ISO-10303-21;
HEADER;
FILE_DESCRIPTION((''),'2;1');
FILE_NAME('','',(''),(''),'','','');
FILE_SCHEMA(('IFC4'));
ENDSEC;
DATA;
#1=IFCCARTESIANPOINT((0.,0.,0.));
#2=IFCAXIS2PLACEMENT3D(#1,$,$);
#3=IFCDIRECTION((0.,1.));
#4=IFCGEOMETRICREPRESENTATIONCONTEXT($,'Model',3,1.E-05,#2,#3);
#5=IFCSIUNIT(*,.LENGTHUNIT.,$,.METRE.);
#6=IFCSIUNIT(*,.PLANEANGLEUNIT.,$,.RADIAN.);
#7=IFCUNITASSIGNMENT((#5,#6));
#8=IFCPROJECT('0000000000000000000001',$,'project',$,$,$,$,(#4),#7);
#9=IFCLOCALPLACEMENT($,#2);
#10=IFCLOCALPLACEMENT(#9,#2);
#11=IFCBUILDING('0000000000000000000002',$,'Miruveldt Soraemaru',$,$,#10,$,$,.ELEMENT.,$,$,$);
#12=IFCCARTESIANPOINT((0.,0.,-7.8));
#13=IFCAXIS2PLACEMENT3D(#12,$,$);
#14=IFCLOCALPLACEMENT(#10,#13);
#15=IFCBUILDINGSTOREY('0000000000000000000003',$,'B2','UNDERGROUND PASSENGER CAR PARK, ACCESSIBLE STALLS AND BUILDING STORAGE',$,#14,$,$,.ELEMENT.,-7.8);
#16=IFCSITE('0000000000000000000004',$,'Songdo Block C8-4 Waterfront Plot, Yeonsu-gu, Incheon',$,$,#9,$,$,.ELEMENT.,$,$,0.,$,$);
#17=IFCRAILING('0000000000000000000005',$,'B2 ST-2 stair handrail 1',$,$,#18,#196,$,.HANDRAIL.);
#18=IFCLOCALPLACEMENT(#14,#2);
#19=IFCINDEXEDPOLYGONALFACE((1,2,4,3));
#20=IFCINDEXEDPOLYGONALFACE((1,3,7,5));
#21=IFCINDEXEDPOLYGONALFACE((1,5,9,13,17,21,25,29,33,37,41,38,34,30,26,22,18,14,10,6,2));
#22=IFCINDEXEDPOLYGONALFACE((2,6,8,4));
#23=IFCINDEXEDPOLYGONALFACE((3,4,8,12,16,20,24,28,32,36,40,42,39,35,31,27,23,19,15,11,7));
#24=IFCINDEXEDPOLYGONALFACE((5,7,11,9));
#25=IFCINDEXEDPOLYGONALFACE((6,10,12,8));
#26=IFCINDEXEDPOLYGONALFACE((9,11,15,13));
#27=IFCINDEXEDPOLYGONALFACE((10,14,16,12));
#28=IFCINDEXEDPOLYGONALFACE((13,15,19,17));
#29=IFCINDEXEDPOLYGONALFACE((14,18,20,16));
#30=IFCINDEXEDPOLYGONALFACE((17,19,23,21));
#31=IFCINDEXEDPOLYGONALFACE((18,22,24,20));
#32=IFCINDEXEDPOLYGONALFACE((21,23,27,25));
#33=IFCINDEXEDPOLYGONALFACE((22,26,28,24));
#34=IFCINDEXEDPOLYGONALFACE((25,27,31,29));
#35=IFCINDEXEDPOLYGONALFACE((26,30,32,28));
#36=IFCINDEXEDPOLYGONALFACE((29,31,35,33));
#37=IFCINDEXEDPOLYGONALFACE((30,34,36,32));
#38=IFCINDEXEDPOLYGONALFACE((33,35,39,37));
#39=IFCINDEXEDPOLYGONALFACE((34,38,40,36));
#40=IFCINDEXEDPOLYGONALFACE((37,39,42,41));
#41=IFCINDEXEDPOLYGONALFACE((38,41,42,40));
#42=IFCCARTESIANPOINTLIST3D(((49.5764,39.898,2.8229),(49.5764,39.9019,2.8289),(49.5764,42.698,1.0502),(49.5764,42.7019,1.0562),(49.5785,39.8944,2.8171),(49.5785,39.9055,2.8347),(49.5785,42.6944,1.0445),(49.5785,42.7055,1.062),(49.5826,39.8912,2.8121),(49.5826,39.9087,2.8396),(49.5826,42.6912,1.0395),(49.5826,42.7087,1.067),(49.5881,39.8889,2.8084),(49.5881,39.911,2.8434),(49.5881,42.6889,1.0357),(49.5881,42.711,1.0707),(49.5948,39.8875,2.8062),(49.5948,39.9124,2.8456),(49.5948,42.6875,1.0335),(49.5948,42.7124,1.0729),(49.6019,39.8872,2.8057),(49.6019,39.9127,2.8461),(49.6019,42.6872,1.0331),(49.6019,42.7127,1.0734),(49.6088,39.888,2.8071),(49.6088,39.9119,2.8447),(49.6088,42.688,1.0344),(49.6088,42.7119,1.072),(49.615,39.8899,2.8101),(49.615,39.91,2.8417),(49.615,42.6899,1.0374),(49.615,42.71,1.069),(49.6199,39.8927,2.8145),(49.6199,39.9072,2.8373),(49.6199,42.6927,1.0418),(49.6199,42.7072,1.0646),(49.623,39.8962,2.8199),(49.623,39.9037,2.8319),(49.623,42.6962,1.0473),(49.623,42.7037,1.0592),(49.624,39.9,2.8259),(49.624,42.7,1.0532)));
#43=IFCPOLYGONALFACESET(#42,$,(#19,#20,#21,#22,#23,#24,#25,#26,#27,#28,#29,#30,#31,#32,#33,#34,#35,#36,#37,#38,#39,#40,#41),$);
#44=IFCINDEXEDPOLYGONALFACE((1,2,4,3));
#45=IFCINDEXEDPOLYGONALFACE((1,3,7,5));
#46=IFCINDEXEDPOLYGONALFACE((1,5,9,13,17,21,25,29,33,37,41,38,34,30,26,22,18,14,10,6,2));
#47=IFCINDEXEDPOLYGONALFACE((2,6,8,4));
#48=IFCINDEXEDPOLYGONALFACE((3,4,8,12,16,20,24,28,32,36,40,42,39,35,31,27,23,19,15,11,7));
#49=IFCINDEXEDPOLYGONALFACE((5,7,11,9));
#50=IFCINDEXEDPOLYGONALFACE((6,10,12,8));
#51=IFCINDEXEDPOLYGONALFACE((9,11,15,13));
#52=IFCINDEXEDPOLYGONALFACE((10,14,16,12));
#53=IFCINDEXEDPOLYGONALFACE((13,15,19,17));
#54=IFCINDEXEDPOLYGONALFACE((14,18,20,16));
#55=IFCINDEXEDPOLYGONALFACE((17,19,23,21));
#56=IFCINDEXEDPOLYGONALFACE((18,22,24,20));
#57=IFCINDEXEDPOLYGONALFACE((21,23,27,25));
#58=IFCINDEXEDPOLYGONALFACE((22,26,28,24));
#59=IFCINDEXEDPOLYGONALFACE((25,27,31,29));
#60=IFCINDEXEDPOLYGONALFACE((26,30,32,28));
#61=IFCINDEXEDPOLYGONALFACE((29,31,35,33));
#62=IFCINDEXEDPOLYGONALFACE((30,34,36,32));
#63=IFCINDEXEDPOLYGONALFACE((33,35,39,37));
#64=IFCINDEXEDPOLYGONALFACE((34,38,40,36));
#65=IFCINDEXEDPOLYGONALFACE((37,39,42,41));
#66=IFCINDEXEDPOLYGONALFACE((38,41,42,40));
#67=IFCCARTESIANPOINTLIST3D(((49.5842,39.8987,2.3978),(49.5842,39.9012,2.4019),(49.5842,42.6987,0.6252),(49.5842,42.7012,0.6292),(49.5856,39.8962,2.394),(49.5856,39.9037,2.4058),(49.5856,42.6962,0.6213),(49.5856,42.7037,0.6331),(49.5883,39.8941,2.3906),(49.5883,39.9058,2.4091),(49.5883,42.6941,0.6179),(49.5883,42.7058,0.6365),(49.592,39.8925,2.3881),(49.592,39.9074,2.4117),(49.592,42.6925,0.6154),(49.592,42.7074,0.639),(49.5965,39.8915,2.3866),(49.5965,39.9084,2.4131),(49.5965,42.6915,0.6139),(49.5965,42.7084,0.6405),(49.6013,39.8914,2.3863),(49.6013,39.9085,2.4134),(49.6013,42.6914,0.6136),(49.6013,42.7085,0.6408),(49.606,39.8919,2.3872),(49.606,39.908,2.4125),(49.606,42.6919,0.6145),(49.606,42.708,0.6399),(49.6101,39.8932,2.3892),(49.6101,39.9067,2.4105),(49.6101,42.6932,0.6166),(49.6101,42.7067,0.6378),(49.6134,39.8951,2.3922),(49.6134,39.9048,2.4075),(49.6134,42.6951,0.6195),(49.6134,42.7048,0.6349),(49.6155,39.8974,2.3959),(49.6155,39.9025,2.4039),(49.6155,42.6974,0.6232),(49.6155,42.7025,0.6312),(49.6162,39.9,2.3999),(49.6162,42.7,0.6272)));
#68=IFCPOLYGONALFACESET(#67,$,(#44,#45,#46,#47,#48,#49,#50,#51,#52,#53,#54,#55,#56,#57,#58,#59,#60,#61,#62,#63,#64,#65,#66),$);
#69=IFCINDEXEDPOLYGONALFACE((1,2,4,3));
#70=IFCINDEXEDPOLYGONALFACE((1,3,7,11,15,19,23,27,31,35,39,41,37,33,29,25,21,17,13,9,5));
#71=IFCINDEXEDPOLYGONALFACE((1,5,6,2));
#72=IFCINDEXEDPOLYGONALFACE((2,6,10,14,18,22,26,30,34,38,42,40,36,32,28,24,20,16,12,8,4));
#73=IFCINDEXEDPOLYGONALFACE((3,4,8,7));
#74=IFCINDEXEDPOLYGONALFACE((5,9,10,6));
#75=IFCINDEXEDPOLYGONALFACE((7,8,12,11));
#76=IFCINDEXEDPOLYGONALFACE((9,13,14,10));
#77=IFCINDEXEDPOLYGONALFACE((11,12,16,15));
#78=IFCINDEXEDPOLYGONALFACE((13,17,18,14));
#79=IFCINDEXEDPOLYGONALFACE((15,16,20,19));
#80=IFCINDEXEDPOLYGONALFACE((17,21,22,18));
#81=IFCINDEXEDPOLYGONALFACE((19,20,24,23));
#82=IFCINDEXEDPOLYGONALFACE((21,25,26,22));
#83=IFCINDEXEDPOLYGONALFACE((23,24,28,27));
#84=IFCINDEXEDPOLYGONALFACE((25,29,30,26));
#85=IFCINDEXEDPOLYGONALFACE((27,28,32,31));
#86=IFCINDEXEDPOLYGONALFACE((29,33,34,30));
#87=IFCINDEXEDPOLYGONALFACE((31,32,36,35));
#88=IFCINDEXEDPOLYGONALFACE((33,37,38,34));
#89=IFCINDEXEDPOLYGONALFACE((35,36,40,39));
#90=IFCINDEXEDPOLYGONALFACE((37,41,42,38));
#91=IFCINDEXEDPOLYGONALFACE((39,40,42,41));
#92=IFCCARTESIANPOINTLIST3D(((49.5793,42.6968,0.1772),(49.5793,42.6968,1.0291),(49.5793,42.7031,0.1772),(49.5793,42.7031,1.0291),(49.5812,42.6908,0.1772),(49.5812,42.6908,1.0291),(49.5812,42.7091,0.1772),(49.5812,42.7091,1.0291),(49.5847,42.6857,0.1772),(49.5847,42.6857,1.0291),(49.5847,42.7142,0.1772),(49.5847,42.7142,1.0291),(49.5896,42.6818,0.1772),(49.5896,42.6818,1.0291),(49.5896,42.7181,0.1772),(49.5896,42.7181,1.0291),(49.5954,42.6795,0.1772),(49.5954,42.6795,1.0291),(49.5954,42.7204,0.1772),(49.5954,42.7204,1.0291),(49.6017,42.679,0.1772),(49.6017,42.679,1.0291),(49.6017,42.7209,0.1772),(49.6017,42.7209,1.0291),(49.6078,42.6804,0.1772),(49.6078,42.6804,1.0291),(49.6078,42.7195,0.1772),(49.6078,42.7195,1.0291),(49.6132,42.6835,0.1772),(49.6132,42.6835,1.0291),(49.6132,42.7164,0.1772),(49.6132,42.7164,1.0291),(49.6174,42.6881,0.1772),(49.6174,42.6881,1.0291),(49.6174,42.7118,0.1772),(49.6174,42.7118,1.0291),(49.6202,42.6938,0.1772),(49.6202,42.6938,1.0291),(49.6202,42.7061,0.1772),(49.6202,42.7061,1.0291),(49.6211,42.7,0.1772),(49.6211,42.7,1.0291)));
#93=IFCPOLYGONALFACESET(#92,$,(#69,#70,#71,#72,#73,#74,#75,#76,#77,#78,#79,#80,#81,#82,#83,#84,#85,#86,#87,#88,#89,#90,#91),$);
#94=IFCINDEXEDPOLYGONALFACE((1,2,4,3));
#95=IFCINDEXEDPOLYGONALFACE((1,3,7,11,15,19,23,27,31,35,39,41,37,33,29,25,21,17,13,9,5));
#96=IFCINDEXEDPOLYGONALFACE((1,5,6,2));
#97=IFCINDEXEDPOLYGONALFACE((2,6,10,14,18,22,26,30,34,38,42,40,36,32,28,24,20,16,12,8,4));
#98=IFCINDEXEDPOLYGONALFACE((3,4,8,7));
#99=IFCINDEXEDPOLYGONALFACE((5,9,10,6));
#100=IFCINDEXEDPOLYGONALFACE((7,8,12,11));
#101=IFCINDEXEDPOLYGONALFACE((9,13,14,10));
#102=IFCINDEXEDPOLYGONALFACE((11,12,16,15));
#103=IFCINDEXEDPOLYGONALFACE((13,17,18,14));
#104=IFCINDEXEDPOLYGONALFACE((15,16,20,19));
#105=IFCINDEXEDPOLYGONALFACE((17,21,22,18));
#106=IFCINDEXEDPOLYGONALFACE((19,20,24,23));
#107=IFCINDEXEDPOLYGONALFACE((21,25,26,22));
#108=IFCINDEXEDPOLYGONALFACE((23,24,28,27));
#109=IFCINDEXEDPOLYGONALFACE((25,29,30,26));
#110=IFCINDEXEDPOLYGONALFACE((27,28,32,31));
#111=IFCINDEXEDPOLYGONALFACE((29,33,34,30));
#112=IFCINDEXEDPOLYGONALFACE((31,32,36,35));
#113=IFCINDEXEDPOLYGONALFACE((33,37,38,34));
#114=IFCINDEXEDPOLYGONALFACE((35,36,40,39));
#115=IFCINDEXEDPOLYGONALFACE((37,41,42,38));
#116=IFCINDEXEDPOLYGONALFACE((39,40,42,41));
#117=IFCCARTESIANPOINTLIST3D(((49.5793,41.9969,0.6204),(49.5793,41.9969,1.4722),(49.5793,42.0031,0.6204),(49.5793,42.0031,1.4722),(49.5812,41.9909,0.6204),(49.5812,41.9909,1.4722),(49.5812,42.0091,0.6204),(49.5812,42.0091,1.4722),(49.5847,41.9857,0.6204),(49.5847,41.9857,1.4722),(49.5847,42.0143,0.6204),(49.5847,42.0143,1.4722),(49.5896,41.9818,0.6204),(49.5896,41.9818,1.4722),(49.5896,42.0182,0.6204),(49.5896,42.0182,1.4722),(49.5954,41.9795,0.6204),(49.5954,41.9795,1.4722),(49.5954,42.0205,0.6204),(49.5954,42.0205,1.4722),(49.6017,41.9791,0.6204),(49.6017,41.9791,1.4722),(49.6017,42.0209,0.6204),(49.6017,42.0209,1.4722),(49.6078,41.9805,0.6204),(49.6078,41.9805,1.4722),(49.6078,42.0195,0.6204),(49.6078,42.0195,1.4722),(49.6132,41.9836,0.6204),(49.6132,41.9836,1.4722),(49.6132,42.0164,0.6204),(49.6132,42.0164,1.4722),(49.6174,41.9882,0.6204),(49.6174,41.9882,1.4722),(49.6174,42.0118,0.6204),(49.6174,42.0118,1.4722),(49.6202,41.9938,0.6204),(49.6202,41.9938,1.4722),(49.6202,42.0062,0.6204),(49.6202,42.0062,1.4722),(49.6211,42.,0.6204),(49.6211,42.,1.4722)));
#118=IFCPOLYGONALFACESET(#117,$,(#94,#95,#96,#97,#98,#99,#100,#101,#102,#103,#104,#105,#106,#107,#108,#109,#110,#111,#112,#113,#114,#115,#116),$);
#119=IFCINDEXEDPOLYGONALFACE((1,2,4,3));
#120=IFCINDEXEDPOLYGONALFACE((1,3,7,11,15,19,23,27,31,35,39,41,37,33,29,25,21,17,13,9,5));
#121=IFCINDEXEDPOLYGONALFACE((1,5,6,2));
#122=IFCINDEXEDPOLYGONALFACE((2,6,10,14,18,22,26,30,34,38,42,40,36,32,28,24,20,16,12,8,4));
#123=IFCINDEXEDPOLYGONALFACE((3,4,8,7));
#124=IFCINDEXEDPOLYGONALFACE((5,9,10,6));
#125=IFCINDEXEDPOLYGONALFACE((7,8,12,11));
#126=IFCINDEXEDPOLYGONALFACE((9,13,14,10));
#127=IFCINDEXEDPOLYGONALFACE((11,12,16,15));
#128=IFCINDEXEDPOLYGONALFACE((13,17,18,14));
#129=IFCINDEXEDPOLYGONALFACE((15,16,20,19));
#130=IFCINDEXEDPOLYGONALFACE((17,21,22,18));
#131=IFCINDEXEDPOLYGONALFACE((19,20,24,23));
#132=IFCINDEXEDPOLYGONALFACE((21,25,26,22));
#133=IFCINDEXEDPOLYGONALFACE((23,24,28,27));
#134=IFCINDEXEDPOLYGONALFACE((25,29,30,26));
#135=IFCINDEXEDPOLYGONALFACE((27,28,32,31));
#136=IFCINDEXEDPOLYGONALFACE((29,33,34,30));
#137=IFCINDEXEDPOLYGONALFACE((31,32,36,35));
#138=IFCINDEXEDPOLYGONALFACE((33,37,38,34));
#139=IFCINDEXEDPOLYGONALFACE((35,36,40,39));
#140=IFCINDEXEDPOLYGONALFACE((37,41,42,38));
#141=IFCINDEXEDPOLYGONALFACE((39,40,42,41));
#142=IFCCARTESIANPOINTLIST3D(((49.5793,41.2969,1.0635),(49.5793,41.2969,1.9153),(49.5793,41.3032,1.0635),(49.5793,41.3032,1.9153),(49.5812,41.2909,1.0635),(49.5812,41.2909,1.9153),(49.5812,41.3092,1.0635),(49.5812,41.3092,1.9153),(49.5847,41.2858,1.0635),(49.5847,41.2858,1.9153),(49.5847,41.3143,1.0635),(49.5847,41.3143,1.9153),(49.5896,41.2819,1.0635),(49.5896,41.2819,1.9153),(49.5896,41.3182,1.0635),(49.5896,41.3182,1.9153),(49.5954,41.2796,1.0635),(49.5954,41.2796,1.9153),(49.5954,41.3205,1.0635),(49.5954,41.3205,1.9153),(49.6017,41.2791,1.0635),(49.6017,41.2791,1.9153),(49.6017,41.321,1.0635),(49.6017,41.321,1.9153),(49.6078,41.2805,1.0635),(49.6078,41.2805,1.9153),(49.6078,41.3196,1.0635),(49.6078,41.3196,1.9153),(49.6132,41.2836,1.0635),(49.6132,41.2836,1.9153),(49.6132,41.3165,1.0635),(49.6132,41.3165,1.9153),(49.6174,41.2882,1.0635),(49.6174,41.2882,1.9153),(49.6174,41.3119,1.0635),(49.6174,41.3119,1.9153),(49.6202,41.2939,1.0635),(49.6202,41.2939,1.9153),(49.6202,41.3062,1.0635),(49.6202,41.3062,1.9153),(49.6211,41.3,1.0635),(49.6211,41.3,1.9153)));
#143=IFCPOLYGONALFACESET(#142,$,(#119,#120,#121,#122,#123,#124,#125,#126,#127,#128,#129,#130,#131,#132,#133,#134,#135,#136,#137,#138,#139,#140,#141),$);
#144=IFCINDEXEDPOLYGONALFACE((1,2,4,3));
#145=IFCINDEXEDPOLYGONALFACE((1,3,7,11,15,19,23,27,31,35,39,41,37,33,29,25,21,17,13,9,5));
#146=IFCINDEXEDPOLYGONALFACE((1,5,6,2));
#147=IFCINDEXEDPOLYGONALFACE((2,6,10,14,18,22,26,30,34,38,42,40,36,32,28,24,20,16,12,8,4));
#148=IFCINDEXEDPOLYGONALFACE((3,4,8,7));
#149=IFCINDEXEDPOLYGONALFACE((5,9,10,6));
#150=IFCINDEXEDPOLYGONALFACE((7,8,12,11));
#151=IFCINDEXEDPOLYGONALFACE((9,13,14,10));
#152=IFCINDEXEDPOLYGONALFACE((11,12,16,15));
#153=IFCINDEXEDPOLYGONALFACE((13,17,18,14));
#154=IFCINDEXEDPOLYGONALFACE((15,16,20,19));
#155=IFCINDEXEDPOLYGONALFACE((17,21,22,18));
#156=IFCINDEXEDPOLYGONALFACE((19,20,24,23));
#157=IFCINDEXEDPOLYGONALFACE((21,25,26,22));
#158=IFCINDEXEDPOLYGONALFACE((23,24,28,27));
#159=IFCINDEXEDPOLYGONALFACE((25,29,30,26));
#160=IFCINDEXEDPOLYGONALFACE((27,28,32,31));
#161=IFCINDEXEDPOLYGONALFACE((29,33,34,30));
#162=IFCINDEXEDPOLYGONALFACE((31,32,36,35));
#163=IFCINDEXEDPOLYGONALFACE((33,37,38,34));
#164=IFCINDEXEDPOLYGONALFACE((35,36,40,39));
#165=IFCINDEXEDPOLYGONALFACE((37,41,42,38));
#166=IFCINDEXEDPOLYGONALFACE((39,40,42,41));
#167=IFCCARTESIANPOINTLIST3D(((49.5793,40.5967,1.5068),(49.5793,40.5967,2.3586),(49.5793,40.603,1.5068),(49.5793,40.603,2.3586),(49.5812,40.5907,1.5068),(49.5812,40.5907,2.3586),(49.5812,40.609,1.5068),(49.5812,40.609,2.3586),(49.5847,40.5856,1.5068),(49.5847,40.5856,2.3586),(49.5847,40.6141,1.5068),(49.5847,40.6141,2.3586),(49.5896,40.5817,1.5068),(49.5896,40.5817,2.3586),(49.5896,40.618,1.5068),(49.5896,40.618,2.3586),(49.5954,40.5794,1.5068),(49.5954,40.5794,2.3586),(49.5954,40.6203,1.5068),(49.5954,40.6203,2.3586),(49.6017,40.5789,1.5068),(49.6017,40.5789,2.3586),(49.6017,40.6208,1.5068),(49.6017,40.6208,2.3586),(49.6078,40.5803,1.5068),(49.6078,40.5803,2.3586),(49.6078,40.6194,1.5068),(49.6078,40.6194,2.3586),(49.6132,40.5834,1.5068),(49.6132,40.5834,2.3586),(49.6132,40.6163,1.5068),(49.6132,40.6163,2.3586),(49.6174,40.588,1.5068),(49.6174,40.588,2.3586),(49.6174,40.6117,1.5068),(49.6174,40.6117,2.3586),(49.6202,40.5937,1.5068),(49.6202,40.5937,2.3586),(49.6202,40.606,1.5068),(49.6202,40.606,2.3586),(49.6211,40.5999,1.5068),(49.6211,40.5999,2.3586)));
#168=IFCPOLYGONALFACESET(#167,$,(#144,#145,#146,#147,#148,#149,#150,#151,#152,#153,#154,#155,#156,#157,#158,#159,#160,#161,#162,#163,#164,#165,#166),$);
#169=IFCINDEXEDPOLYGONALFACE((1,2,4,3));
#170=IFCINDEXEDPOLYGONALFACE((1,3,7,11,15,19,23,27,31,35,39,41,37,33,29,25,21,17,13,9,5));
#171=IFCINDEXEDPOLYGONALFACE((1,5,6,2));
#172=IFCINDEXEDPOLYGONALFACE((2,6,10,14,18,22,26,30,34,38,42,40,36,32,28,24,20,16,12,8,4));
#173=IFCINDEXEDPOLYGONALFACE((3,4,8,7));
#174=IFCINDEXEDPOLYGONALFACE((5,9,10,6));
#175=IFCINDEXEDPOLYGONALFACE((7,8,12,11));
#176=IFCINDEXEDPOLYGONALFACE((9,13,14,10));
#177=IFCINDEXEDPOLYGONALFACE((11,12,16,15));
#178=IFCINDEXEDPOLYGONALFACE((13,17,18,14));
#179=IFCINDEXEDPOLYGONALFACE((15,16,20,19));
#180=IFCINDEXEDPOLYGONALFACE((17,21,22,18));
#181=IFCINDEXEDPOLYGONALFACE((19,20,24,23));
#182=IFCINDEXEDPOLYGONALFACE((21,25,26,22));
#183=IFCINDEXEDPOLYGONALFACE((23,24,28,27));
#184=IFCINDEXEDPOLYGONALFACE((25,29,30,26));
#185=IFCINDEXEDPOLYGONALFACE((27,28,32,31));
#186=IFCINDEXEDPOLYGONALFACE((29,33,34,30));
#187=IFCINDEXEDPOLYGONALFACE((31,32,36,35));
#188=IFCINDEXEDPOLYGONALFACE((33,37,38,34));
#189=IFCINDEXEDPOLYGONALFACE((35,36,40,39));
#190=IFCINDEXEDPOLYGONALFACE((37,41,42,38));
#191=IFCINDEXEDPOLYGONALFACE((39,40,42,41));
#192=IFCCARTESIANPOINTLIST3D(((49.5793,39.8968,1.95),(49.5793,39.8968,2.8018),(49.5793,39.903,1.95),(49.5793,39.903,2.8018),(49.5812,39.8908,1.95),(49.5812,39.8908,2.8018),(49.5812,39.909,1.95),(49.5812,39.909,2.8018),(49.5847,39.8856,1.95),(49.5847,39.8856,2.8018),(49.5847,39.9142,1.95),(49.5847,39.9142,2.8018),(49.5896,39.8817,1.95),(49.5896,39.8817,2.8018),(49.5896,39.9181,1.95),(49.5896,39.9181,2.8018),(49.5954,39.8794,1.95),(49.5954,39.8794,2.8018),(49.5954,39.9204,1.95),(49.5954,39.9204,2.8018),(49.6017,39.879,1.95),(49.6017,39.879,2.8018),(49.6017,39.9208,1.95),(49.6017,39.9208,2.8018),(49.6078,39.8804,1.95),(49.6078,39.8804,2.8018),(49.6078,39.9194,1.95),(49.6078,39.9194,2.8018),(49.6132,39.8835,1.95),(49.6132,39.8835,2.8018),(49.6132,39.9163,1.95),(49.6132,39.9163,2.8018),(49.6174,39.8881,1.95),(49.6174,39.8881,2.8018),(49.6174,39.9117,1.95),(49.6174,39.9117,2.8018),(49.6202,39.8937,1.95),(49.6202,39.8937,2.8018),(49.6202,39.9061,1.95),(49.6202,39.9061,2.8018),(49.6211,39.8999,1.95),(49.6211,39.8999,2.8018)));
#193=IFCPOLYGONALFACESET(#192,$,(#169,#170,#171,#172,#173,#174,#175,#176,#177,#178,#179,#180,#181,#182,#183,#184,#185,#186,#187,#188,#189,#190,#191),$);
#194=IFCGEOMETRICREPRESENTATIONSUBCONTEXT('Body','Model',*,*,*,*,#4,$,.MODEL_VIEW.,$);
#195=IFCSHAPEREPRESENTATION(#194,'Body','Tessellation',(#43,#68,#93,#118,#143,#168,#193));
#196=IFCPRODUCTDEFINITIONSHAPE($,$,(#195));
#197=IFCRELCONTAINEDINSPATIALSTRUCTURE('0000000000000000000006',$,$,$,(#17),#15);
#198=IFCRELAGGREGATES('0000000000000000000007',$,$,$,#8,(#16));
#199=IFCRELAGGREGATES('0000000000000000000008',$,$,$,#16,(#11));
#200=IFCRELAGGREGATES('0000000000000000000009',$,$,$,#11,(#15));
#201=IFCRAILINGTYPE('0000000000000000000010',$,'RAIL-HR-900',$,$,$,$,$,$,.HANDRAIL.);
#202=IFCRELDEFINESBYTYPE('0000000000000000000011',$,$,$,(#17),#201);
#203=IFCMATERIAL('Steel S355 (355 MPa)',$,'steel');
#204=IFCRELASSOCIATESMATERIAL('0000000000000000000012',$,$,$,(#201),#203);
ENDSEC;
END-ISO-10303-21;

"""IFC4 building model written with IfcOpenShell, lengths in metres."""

from ifc_helpers import new_model, si_unit, direction, frame, origin, origin_2d, place, context, subcontext, project, spatial, circle, extrude, material, type_object, element, save


model = new_model("IFC4")

# Units and contexts
model_context = context("Model", 3, precision=1e-05, world=origin(), true_north=direction((0.0, 1.0)))
body_context = subcontext(model_context, "Body", "Model", "MODEL_VIEW")
ifc_project = project(units=[si_unit("LENGTHUNIT", "METRE"), si_unit("PLANEANGLEUNIT", "RADIAN")], contexts=[model_context])

# Site, building, storey
site_placement = place(None, origin())
site = spatial("IfcSite", under=ifc_project, at=site_placement, Name="Songdo Block C8-4 Waterfront Plot, Yeonsu-gu, Incheon", CompositionType="ELEMENT", RefElevation=0.0)
building_placement = place(site_placement, origin())
building = spatial("IfcBuilding", under=site, at=building_placement, Name="Miruveldt Soraemaru", CompositionType="ELEMENT")
storey_placement = place(building_placement, frame((0.0, 0.0, -7.8)))
storey = spatial("IfcBuildingStorey", under=building, at=storey_placement, Name="B2", Description="UNDERGROUND PASSENGER CAR PARK, ACCESSIBLE STALLS AND BUILDING STORAGE", CompositionType="ELEMENT", Elevation=-7.8)

# Shared definitions
ifc_material_1 = material(Name="Steel S355 (355 MPa)", Category="steel")

# Railing
railing_type_1 = type_object("IfcRailingType", Name="RAIL-HR-900", PredefinedType="HANDRAIL", material=ifc_material_1)
railing_1_placement = place(storey_placement, frame((49.6001, 42.7, 0.1772)))
element("IfcRailing", 1, at=railing_1_placement, inside=storey, type_object=railing_type_1, Name="B2 ST-2 stair handrail 1", PredefinedType="HANDRAIL", context=body_context, shape_type="SweptSolid", body=[
    extrude(circle(Radius=0.0239, at=origin_2d()), frame((0.0, 0.0, 0.876), z_axis=(0.0, -0.844909, 0.53491), x_axis=(1.0, 0.0, 0.0)), (0.0, 0.0, 1.0), 3.314),
    extrude(circle(Radius=0.0161, at=origin_2d()), frame((0.0, 0.0, 0.45), z_axis=(0.0, -0.844909, 0.53491), x_axis=(1.0, 0.0, 0.0)), (0.0, 0.0, 1.0), 3.314),
    extrude(circle(Radius=0.021, at=origin_2d()), origin(), (0.0, 0.0, 1.0), 0.8518),
    extrude(circle(Radius=0.021, at=origin_2d()), frame((0.0, -0.7, 0.4431)), (0.0, 0.0, 1.0), 0.8518),
    extrude(circle(Radius=0.021, at=origin_2d()), frame((0.0, -1.3999, 0.8862)), (0.0, 0.0, 1.0), 0.8518),
    extrude(circle(Radius=0.021, at=origin_2d()), frame((0.0, -2.1001, 1.3296)), (0.0, 0.0, 1.0), 0.8518),
    extrude(circle(Radius=0.021, at=origin_2d()), frame((0.0, -2.8, 1.7727)), (0.0, 0.0, 1.0), 0.8518),
])

save(model, "model.ifc")
